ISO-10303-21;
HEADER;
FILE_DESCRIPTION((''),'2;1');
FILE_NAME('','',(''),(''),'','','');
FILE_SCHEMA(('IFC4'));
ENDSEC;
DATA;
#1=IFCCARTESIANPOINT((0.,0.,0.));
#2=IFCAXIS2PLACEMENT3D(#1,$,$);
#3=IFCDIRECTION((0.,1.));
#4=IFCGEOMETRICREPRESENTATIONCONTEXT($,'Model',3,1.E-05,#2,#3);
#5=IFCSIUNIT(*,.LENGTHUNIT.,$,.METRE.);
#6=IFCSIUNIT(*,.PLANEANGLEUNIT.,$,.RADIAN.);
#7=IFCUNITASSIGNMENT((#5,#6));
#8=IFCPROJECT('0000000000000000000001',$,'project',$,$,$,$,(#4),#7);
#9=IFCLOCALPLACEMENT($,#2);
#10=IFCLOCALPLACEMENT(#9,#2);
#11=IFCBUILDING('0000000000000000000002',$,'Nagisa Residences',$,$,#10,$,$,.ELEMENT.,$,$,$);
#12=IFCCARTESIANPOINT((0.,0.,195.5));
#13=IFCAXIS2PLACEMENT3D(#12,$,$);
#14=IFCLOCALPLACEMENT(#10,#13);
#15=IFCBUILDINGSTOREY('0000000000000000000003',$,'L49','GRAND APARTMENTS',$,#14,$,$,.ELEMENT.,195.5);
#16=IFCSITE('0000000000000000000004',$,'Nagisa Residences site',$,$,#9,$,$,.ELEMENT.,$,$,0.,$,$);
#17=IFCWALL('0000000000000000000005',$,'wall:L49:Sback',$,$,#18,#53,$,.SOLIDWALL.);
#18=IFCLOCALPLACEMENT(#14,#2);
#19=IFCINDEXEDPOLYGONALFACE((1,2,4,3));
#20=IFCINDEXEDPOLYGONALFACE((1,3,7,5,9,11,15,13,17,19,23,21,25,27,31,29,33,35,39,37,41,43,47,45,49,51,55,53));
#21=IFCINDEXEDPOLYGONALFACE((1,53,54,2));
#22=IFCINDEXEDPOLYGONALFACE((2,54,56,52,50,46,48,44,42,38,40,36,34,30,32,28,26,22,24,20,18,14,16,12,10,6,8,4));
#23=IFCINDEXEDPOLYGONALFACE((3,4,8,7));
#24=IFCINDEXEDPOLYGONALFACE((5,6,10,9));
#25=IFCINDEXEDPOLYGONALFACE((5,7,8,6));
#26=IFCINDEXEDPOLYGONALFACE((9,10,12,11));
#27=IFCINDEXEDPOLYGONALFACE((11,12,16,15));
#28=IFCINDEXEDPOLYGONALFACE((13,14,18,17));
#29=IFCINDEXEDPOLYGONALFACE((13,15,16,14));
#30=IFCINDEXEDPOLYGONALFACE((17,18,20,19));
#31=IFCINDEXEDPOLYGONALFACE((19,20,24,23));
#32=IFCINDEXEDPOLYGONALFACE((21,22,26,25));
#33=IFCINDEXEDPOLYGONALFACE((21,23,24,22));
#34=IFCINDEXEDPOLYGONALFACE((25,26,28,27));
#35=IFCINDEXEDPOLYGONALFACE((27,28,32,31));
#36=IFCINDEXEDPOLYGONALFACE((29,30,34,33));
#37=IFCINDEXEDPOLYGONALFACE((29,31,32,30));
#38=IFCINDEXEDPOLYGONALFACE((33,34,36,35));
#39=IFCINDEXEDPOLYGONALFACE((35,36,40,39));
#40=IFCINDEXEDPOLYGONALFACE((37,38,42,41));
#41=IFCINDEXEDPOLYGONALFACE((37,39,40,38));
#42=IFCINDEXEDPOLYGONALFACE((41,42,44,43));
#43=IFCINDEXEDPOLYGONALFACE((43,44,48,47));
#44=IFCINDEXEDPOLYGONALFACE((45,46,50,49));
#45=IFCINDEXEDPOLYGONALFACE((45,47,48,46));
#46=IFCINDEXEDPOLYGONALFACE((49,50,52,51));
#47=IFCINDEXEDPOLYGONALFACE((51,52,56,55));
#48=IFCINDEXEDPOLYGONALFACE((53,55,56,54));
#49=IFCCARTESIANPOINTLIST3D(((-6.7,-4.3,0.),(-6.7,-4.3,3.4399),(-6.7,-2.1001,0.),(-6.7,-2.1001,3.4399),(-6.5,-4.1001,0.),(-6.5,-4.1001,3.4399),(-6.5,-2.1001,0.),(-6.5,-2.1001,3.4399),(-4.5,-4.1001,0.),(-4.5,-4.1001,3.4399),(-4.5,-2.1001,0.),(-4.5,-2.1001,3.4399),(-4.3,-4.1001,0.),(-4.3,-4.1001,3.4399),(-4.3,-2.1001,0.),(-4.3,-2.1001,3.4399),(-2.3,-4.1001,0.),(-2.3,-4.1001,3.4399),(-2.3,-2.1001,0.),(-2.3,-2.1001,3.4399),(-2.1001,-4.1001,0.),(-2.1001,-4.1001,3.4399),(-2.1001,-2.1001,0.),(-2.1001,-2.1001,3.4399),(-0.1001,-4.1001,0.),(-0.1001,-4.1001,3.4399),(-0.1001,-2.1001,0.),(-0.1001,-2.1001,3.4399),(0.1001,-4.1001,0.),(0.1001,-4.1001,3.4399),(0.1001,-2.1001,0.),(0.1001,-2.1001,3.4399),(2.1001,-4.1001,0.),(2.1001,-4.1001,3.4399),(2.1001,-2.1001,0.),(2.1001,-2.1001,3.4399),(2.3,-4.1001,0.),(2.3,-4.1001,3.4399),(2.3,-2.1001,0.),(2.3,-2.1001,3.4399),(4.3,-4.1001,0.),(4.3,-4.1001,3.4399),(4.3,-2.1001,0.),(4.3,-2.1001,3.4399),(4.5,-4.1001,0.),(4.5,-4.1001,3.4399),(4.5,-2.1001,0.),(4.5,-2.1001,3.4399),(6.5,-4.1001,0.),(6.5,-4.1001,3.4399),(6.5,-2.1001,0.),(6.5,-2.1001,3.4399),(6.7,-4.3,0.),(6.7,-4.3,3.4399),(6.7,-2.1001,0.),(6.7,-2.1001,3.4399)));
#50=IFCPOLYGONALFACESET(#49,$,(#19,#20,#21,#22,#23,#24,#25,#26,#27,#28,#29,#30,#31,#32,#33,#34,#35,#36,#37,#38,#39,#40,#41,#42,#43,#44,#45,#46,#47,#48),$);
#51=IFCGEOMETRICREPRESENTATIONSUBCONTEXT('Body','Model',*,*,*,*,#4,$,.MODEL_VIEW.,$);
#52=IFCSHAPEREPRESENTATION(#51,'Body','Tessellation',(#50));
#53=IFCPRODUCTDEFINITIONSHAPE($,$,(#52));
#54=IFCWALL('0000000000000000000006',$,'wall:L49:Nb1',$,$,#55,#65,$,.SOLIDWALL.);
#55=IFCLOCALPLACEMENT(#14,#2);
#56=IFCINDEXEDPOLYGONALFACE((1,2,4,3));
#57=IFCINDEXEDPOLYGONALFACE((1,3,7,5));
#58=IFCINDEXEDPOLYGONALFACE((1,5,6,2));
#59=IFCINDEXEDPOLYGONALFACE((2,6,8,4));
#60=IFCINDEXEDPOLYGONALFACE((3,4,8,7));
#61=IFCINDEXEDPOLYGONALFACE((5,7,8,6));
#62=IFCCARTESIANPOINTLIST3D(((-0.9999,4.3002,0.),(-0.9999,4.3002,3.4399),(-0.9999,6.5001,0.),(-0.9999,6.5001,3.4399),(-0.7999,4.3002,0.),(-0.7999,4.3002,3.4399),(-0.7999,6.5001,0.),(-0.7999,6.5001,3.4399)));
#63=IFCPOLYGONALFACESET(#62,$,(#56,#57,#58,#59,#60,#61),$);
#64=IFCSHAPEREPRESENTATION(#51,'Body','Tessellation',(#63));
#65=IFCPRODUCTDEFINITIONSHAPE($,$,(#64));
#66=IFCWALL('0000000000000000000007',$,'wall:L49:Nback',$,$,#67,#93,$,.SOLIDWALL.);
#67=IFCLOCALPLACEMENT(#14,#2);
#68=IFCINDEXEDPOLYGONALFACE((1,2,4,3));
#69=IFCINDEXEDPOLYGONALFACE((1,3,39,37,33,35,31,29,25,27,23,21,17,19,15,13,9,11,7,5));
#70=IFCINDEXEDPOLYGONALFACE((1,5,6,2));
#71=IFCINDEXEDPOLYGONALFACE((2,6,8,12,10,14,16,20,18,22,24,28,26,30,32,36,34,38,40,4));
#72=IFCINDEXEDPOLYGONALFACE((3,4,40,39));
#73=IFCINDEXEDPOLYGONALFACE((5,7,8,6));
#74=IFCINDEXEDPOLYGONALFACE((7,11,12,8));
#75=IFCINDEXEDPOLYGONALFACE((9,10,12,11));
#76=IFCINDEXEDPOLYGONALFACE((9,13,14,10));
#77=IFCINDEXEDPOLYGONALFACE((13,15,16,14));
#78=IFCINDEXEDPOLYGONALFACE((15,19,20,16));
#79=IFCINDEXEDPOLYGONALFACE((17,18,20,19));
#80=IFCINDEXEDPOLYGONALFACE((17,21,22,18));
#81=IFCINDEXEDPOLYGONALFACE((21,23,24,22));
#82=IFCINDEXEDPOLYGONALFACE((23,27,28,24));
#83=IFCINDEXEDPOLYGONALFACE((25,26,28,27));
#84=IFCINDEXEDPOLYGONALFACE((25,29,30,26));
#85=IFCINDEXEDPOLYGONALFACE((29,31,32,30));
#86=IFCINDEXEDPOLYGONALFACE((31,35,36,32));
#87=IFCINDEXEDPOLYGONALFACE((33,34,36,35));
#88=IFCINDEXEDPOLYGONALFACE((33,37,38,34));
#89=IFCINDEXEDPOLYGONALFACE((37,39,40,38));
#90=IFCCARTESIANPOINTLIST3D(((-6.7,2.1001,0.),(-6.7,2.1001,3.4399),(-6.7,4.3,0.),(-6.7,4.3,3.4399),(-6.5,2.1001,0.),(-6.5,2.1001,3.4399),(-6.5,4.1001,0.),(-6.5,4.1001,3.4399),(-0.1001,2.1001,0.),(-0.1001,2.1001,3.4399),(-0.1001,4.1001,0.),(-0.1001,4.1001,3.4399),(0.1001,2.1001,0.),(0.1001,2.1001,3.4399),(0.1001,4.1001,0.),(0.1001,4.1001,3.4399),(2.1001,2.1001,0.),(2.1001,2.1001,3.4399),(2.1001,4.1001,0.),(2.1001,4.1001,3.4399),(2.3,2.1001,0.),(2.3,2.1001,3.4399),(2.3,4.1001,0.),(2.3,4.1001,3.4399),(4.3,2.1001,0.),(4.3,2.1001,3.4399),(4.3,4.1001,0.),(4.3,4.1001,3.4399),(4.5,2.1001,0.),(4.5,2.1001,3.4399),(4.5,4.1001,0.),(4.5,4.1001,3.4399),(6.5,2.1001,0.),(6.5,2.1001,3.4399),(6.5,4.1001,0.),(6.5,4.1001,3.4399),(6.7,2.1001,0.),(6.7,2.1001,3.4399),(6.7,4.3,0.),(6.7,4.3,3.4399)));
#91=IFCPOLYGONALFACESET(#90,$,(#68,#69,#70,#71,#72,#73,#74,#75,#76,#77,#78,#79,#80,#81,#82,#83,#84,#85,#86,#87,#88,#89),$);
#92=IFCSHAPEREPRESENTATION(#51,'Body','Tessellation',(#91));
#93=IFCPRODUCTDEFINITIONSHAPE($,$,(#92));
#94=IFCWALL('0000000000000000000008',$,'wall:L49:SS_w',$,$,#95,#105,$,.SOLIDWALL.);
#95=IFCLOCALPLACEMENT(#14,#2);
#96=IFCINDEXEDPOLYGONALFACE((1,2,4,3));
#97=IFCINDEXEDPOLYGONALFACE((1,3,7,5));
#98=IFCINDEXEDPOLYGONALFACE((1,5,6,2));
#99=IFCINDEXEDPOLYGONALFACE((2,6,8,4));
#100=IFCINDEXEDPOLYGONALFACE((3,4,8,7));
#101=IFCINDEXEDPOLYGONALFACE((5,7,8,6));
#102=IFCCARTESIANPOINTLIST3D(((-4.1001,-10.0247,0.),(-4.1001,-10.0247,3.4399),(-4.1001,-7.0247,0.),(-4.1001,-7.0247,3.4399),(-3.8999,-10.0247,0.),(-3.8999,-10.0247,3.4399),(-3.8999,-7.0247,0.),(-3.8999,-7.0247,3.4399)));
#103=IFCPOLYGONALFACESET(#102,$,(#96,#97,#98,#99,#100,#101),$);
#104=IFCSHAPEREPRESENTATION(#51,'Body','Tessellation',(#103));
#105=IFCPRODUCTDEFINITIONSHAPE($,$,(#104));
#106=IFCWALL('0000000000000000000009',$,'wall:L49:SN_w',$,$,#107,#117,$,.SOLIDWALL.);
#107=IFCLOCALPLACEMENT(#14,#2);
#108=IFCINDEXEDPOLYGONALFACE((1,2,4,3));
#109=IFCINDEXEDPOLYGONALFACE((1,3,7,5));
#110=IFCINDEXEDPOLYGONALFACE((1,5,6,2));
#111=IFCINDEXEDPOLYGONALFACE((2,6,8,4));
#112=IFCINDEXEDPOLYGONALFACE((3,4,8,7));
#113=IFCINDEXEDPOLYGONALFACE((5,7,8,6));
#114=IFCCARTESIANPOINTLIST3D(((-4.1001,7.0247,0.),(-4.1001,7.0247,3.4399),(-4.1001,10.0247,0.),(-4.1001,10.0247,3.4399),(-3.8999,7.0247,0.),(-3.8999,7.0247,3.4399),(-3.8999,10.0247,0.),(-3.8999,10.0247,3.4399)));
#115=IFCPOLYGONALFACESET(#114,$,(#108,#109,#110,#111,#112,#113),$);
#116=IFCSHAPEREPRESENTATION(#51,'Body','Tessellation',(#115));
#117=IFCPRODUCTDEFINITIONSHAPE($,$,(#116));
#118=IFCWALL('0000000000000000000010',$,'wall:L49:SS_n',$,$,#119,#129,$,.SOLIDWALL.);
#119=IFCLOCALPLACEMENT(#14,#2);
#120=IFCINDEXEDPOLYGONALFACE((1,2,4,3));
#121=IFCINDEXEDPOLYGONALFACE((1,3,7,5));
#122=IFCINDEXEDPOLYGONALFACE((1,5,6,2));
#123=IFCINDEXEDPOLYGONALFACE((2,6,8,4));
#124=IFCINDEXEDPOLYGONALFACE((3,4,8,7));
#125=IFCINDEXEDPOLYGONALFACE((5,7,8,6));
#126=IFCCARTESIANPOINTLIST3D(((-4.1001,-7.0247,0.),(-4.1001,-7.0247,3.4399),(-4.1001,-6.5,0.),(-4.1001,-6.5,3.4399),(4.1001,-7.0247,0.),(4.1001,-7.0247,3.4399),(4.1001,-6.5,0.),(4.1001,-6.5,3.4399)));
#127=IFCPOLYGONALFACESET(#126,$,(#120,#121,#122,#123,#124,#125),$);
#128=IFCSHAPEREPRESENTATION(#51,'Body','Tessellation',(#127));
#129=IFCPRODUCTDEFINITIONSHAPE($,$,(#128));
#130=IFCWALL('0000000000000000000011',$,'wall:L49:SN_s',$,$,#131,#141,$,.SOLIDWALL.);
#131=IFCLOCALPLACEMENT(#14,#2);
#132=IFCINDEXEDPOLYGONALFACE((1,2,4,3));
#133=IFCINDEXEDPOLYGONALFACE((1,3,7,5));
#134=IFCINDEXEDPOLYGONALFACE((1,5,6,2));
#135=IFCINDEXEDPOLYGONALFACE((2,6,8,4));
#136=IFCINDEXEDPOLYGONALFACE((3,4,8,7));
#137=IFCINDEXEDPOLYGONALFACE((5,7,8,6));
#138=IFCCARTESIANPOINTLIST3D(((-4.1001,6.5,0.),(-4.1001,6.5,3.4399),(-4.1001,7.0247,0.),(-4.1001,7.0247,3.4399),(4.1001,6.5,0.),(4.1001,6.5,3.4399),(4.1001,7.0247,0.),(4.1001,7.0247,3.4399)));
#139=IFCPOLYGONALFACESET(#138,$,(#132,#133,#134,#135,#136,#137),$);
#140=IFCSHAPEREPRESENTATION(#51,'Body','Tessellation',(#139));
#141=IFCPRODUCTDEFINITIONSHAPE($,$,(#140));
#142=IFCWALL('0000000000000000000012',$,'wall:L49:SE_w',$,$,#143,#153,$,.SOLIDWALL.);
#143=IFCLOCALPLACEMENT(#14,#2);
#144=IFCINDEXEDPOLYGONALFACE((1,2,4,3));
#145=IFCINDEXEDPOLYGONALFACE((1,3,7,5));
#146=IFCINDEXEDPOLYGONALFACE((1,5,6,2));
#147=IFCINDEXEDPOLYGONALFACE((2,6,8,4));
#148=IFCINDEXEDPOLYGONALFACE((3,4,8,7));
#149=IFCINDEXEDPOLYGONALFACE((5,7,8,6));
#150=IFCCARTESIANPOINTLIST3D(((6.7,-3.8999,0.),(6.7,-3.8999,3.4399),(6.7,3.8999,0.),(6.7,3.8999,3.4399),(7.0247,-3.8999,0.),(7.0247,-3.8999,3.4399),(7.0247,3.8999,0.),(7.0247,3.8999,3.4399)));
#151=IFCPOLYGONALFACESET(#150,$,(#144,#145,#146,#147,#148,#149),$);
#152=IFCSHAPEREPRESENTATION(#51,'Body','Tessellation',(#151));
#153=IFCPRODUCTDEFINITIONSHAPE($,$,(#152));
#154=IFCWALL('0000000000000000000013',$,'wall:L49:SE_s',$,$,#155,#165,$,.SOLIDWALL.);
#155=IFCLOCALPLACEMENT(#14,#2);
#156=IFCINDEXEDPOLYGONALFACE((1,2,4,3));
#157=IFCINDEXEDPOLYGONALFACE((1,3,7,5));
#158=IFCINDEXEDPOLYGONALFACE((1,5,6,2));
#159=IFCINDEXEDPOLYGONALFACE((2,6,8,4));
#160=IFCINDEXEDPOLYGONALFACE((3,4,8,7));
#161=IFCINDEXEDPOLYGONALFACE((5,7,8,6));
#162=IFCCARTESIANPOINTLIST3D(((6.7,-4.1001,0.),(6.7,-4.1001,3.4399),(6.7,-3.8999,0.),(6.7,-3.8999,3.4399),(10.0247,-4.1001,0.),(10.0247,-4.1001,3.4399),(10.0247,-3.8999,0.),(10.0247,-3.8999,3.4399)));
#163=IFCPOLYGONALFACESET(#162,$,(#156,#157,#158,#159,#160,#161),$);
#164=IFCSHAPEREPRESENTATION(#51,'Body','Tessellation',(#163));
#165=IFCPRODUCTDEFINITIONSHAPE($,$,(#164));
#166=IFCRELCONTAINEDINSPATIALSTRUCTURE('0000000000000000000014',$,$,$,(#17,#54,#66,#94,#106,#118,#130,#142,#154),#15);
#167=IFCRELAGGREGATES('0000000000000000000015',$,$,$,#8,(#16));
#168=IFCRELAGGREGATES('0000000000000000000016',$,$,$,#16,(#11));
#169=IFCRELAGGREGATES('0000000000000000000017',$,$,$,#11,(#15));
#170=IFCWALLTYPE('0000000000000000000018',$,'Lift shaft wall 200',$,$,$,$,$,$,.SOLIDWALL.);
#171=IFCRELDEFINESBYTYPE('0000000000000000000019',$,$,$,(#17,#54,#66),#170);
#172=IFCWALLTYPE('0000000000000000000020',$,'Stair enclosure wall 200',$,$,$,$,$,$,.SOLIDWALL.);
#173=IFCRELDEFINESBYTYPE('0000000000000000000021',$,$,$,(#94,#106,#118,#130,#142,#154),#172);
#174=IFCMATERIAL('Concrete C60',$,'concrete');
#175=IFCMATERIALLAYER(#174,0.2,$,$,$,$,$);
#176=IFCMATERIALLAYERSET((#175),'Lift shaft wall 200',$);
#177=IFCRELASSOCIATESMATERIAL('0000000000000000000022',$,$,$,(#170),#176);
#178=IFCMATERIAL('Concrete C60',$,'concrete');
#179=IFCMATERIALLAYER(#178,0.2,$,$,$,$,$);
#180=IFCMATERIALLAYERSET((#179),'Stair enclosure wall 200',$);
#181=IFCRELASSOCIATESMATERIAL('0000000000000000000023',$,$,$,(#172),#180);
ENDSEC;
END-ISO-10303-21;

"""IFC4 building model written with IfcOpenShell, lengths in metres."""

from ifc_helpers import new_model, si_unit, direction, frame, frame_2d, origin, place, context, subcontext, project, spatial, polyline, rectangle, outline, extrude, material, layer, layer_set, type_object, element, save


model = new_model("IFC4")

# Units and contexts
model_context = context("Model", 3, precision=1e-05, world=origin(), true_north=direction((0.0, 1.0)))
body_context = subcontext(model_context, "Body", "Model", "MODEL_VIEW")
ifc_project = project(units=[si_unit("LENGTHUNIT", "METRE"), si_unit("PLANEANGLEUNIT", "RADIAN")], contexts=[model_context])

# Site, building, storey
site_placement = place(None, origin())
site = spatial("IfcSite", under=ifc_project, at=site_placement, Name="Nagisa Residences site", CompositionType="ELEMENT", RefElevation=0.0)
building_placement = place(site_placement, origin())
building = spatial("IfcBuilding", under=site, at=building_placement, Name="Nagisa Residences", CompositionType="ELEMENT")
storey_placement = place(building_placement, frame((0.0, 0.0, 195.5)))
storey = spatial("IfcBuildingStorey", under=building, at=storey_placement, Name="L49", Description="GRAND APARTMENTS", CompositionType="ELEMENT", Elevation=195.5)

# Shared definitions
ifc_material_1 = material(Name="Concrete C60", Category="concrete")
ifc_layer_1 = layer(ifc_material_1, 0.2)
ifc_layer_set_1 = layer_set([ifc_layer_1], Name="Lift shaft wall 200")
wall_type_1 = type_object("IfcWallType", Name="Lift shaft wall 200", PredefinedType="SOLIDWALL", material=ifc_layer_set_1)

# Walls
wall_1_placement = place(storey_placement, origin())
element("IfcWall", 1, at=wall_1_placement, inside=storey, type_object=wall_type_1, Name="wall:L49:Sback", PredefinedType="SOLIDWALL", context=body_context, shape_type="SweptSolid", body=[
    extrude(outline(polyline([(-6.7, -2.1001), (-6.5, -2.1001), (-6.5, -4.1001), (-4.5, -4.1001), (-4.5, -2.1001), (-4.3, -2.1001), (-4.3, -4.1001), (-2.3, -4.1001), (-2.3, -2.1001), (-2.1001, -2.1001), (-2.1001, -4.1001), (-0.1001, -4.1001), (-0.1001, -2.1001), (0.1001, -2.1001), (0.1001, -4.1001), (2.1001, -4.1001), (2.1001, -2.1001), (2.3, -2.1001), (2.3, -4.1001), (4.3, -4.1001), (4.3, -2.1001), (4.5, -2.1001), (4.5, -4.1001), (6.5, -4.1001), (6.5, -2.1001), (6.7, -2.1001), (6.7, -4.3), (-6.7, -4.3), (-6.7, -2.1001)])), origin(), (0.0, 0.0, 1.0), 3.4399),
])
wall_2_placement = place(storey_placement, frame((-0.8999, 4.3, 0.0), z_axis=(0.0, 0.0, 1.0), x_axis=(0.0, 1.0, 0.0)))
element("IfcWall", 2, at=wall_2_placement, inside=storey, type_object=wall_type_1, Name="wall:L49:Nb1", PredefinedType="SOLIDWALL", context=body_context, shape_type="SweptSolid", body=[
    extrude(rectangle(XDim=2.2, YDim=0.2, at=frame_2d((1.1001, 0.0))), origin(), (0.0, 0.0, 1.0), 3.4399),
])
wall_3_placement = place(storey_placement, origin())
element("IfcWall", 3, at=wall_3_placement, inside=storey, type_object=wall_type_1, Name="wall:L49:Nback", PredefinedType="SOLIDWALL", context=body_context, shape_type="SweptSolid", body=[
    extrude(outline(polyline([(-6.7, 4.3), (6.7, 4.3), (6.7, 2.1001), (6.5, 2.1001), (6.5, 4.1001), (4.5, 4.1001), (4.5, 2.1001), (4.3, 2.1001), (4.3, 4.1001), (2.3, 4.1001), (2.3, 2.1001), (2.1001, 2.1001), (2.1001, 4.1001), (0.1001, 4.1001), (0.1001, 2.1001), (-0.1001, 2.1001), (-0.1001, 4.1001), (-6.5, 4.1001), (-6.5, 2.1001), (-6.7, 2.1001), (-6.7, 4.3)])), origin(), (0.0, 0.0, 1.0), 3.4399),
])
ifc_material_2 = material(Name="Concrete C60", Category="concrete")
ifc_layer_2 = layer(ifc_material_2, 0.2)
ifc_layer_set_2 = layer_set([ifc_layer_2], Name="Stair enclosure wall 200")
wall_type_2 = type_object("IfcWallType", Name="Stair enclosure wall 200", PredefinedType="SOLIDWALL", material=ifc_layer_set_2)
wall_4_placement = place(storey_placement, origin())
element("IfcWall", 4, at=wall_4_placement, inside=storey, type_object=wall_type_2, Name="wall:L49:SS_w", PredefinedType="SOLIDWALL", context=body_context, shape_type="SweptSolid", body=[
    extrude(outline(polyline([(-3.8999, -10.0247), (-4.1001, -10.0247), (-4.1001, -7.0247), (-3.8999, -7.0247), (-3.8999, -10.0247)])), origin(), (0.0, 0.0, 1.0), 3.4399),
])
wall_5_placement = place(storey_placement, origin())
element("IfcWall", 5, at=wall_5_placement, inside=storey, type_object=wall_type_2, Name="wall:L49:SN_w", PredefinedType="SOLIDWALL", context=body_context, shape_type="SweptSolid", body=[
    extrude(outline(polyline([(-3.8999, 7.0247), (-4.1001, 7.0247), (-4.1001, 10.0247), (-3.8999, 10.0247), (-3.8999, 7.0247)])), origin(), (0.0, 0.0, 1.0), 3.4399),
])
wall_6_placement = place(storey_placement, origin())
element("IfcWall", 6, at=wall_6_placement, inside=storey, type_object=wall_type_2, Name="wall:L49:SS_n", PredefinedType="SOLIDWALL", context=body_context, shape_type="SweptSolid", body=[
    extrude(outline(polyline([(4.1001, -7.0247), (-4.1001, -7.0247), (-4.1001, -6.5), (4.1001, -6.5), (4.1001, -7.0247)])), origin(), (0.0, 0.0, 1.0), 3.4399),
])
wall_7_placement = place(storey_placement, origin())
element("IfcWall", 7, at=wall_7_placement, inside=storey, type_object=wall_type_2, Name="wall:L49:SN_s", PredefinedType="SOLIDWALL", context=body_context, shape_type="SweptSolid", body=[
    extrude(outline(polyline([(4.1001, 6.5), (-4.1001, 6.5), (-4.1001, 7.0247), (4.1001, 7.0247), (4.1001, 6.5)])), origin(), (0.0, 0.0, 1.0), 3.4399),
])
wall_8_placement = place(storey_placement, origin())
element("IfcWall", 8, at=wall_8_placement, inside=storey, type_object=wall_type_2, Name="wall:L49:SE_w", PredefinedType="SOLIDWALL", context=body_context, shape_type="SweptSolid", body=[
    extrude(outline(polyline([(7.0247, -3.8999), (6.7, -3.8999), (6.7, 3.8999), (7.0247, 3.8999), (7.0247, -3.8999)])), origin(), (0.0, 0.0, 1.0), 3.4399),
])
wall_9_placement = place(storey_placement, origin())
element("IfcWall", 9, at=wall_9_placement, inside=storey, type_object=wall_type_2, Name="wall:L49:SE_s", PredefinedType="SOLIDWALL", context=body_context, shape_type="SweptSolid", body=[
    extrude(outline(polyline([(10.0247, -4.1001), (6.7, -4.1001), (6.7, -3.8999), (10.0247, -3.8999), (10.0247, -4.1001)])), origin(), (0.0, 0.0, 1.0), 3.4399),
])

save(model, "model.ifc")
